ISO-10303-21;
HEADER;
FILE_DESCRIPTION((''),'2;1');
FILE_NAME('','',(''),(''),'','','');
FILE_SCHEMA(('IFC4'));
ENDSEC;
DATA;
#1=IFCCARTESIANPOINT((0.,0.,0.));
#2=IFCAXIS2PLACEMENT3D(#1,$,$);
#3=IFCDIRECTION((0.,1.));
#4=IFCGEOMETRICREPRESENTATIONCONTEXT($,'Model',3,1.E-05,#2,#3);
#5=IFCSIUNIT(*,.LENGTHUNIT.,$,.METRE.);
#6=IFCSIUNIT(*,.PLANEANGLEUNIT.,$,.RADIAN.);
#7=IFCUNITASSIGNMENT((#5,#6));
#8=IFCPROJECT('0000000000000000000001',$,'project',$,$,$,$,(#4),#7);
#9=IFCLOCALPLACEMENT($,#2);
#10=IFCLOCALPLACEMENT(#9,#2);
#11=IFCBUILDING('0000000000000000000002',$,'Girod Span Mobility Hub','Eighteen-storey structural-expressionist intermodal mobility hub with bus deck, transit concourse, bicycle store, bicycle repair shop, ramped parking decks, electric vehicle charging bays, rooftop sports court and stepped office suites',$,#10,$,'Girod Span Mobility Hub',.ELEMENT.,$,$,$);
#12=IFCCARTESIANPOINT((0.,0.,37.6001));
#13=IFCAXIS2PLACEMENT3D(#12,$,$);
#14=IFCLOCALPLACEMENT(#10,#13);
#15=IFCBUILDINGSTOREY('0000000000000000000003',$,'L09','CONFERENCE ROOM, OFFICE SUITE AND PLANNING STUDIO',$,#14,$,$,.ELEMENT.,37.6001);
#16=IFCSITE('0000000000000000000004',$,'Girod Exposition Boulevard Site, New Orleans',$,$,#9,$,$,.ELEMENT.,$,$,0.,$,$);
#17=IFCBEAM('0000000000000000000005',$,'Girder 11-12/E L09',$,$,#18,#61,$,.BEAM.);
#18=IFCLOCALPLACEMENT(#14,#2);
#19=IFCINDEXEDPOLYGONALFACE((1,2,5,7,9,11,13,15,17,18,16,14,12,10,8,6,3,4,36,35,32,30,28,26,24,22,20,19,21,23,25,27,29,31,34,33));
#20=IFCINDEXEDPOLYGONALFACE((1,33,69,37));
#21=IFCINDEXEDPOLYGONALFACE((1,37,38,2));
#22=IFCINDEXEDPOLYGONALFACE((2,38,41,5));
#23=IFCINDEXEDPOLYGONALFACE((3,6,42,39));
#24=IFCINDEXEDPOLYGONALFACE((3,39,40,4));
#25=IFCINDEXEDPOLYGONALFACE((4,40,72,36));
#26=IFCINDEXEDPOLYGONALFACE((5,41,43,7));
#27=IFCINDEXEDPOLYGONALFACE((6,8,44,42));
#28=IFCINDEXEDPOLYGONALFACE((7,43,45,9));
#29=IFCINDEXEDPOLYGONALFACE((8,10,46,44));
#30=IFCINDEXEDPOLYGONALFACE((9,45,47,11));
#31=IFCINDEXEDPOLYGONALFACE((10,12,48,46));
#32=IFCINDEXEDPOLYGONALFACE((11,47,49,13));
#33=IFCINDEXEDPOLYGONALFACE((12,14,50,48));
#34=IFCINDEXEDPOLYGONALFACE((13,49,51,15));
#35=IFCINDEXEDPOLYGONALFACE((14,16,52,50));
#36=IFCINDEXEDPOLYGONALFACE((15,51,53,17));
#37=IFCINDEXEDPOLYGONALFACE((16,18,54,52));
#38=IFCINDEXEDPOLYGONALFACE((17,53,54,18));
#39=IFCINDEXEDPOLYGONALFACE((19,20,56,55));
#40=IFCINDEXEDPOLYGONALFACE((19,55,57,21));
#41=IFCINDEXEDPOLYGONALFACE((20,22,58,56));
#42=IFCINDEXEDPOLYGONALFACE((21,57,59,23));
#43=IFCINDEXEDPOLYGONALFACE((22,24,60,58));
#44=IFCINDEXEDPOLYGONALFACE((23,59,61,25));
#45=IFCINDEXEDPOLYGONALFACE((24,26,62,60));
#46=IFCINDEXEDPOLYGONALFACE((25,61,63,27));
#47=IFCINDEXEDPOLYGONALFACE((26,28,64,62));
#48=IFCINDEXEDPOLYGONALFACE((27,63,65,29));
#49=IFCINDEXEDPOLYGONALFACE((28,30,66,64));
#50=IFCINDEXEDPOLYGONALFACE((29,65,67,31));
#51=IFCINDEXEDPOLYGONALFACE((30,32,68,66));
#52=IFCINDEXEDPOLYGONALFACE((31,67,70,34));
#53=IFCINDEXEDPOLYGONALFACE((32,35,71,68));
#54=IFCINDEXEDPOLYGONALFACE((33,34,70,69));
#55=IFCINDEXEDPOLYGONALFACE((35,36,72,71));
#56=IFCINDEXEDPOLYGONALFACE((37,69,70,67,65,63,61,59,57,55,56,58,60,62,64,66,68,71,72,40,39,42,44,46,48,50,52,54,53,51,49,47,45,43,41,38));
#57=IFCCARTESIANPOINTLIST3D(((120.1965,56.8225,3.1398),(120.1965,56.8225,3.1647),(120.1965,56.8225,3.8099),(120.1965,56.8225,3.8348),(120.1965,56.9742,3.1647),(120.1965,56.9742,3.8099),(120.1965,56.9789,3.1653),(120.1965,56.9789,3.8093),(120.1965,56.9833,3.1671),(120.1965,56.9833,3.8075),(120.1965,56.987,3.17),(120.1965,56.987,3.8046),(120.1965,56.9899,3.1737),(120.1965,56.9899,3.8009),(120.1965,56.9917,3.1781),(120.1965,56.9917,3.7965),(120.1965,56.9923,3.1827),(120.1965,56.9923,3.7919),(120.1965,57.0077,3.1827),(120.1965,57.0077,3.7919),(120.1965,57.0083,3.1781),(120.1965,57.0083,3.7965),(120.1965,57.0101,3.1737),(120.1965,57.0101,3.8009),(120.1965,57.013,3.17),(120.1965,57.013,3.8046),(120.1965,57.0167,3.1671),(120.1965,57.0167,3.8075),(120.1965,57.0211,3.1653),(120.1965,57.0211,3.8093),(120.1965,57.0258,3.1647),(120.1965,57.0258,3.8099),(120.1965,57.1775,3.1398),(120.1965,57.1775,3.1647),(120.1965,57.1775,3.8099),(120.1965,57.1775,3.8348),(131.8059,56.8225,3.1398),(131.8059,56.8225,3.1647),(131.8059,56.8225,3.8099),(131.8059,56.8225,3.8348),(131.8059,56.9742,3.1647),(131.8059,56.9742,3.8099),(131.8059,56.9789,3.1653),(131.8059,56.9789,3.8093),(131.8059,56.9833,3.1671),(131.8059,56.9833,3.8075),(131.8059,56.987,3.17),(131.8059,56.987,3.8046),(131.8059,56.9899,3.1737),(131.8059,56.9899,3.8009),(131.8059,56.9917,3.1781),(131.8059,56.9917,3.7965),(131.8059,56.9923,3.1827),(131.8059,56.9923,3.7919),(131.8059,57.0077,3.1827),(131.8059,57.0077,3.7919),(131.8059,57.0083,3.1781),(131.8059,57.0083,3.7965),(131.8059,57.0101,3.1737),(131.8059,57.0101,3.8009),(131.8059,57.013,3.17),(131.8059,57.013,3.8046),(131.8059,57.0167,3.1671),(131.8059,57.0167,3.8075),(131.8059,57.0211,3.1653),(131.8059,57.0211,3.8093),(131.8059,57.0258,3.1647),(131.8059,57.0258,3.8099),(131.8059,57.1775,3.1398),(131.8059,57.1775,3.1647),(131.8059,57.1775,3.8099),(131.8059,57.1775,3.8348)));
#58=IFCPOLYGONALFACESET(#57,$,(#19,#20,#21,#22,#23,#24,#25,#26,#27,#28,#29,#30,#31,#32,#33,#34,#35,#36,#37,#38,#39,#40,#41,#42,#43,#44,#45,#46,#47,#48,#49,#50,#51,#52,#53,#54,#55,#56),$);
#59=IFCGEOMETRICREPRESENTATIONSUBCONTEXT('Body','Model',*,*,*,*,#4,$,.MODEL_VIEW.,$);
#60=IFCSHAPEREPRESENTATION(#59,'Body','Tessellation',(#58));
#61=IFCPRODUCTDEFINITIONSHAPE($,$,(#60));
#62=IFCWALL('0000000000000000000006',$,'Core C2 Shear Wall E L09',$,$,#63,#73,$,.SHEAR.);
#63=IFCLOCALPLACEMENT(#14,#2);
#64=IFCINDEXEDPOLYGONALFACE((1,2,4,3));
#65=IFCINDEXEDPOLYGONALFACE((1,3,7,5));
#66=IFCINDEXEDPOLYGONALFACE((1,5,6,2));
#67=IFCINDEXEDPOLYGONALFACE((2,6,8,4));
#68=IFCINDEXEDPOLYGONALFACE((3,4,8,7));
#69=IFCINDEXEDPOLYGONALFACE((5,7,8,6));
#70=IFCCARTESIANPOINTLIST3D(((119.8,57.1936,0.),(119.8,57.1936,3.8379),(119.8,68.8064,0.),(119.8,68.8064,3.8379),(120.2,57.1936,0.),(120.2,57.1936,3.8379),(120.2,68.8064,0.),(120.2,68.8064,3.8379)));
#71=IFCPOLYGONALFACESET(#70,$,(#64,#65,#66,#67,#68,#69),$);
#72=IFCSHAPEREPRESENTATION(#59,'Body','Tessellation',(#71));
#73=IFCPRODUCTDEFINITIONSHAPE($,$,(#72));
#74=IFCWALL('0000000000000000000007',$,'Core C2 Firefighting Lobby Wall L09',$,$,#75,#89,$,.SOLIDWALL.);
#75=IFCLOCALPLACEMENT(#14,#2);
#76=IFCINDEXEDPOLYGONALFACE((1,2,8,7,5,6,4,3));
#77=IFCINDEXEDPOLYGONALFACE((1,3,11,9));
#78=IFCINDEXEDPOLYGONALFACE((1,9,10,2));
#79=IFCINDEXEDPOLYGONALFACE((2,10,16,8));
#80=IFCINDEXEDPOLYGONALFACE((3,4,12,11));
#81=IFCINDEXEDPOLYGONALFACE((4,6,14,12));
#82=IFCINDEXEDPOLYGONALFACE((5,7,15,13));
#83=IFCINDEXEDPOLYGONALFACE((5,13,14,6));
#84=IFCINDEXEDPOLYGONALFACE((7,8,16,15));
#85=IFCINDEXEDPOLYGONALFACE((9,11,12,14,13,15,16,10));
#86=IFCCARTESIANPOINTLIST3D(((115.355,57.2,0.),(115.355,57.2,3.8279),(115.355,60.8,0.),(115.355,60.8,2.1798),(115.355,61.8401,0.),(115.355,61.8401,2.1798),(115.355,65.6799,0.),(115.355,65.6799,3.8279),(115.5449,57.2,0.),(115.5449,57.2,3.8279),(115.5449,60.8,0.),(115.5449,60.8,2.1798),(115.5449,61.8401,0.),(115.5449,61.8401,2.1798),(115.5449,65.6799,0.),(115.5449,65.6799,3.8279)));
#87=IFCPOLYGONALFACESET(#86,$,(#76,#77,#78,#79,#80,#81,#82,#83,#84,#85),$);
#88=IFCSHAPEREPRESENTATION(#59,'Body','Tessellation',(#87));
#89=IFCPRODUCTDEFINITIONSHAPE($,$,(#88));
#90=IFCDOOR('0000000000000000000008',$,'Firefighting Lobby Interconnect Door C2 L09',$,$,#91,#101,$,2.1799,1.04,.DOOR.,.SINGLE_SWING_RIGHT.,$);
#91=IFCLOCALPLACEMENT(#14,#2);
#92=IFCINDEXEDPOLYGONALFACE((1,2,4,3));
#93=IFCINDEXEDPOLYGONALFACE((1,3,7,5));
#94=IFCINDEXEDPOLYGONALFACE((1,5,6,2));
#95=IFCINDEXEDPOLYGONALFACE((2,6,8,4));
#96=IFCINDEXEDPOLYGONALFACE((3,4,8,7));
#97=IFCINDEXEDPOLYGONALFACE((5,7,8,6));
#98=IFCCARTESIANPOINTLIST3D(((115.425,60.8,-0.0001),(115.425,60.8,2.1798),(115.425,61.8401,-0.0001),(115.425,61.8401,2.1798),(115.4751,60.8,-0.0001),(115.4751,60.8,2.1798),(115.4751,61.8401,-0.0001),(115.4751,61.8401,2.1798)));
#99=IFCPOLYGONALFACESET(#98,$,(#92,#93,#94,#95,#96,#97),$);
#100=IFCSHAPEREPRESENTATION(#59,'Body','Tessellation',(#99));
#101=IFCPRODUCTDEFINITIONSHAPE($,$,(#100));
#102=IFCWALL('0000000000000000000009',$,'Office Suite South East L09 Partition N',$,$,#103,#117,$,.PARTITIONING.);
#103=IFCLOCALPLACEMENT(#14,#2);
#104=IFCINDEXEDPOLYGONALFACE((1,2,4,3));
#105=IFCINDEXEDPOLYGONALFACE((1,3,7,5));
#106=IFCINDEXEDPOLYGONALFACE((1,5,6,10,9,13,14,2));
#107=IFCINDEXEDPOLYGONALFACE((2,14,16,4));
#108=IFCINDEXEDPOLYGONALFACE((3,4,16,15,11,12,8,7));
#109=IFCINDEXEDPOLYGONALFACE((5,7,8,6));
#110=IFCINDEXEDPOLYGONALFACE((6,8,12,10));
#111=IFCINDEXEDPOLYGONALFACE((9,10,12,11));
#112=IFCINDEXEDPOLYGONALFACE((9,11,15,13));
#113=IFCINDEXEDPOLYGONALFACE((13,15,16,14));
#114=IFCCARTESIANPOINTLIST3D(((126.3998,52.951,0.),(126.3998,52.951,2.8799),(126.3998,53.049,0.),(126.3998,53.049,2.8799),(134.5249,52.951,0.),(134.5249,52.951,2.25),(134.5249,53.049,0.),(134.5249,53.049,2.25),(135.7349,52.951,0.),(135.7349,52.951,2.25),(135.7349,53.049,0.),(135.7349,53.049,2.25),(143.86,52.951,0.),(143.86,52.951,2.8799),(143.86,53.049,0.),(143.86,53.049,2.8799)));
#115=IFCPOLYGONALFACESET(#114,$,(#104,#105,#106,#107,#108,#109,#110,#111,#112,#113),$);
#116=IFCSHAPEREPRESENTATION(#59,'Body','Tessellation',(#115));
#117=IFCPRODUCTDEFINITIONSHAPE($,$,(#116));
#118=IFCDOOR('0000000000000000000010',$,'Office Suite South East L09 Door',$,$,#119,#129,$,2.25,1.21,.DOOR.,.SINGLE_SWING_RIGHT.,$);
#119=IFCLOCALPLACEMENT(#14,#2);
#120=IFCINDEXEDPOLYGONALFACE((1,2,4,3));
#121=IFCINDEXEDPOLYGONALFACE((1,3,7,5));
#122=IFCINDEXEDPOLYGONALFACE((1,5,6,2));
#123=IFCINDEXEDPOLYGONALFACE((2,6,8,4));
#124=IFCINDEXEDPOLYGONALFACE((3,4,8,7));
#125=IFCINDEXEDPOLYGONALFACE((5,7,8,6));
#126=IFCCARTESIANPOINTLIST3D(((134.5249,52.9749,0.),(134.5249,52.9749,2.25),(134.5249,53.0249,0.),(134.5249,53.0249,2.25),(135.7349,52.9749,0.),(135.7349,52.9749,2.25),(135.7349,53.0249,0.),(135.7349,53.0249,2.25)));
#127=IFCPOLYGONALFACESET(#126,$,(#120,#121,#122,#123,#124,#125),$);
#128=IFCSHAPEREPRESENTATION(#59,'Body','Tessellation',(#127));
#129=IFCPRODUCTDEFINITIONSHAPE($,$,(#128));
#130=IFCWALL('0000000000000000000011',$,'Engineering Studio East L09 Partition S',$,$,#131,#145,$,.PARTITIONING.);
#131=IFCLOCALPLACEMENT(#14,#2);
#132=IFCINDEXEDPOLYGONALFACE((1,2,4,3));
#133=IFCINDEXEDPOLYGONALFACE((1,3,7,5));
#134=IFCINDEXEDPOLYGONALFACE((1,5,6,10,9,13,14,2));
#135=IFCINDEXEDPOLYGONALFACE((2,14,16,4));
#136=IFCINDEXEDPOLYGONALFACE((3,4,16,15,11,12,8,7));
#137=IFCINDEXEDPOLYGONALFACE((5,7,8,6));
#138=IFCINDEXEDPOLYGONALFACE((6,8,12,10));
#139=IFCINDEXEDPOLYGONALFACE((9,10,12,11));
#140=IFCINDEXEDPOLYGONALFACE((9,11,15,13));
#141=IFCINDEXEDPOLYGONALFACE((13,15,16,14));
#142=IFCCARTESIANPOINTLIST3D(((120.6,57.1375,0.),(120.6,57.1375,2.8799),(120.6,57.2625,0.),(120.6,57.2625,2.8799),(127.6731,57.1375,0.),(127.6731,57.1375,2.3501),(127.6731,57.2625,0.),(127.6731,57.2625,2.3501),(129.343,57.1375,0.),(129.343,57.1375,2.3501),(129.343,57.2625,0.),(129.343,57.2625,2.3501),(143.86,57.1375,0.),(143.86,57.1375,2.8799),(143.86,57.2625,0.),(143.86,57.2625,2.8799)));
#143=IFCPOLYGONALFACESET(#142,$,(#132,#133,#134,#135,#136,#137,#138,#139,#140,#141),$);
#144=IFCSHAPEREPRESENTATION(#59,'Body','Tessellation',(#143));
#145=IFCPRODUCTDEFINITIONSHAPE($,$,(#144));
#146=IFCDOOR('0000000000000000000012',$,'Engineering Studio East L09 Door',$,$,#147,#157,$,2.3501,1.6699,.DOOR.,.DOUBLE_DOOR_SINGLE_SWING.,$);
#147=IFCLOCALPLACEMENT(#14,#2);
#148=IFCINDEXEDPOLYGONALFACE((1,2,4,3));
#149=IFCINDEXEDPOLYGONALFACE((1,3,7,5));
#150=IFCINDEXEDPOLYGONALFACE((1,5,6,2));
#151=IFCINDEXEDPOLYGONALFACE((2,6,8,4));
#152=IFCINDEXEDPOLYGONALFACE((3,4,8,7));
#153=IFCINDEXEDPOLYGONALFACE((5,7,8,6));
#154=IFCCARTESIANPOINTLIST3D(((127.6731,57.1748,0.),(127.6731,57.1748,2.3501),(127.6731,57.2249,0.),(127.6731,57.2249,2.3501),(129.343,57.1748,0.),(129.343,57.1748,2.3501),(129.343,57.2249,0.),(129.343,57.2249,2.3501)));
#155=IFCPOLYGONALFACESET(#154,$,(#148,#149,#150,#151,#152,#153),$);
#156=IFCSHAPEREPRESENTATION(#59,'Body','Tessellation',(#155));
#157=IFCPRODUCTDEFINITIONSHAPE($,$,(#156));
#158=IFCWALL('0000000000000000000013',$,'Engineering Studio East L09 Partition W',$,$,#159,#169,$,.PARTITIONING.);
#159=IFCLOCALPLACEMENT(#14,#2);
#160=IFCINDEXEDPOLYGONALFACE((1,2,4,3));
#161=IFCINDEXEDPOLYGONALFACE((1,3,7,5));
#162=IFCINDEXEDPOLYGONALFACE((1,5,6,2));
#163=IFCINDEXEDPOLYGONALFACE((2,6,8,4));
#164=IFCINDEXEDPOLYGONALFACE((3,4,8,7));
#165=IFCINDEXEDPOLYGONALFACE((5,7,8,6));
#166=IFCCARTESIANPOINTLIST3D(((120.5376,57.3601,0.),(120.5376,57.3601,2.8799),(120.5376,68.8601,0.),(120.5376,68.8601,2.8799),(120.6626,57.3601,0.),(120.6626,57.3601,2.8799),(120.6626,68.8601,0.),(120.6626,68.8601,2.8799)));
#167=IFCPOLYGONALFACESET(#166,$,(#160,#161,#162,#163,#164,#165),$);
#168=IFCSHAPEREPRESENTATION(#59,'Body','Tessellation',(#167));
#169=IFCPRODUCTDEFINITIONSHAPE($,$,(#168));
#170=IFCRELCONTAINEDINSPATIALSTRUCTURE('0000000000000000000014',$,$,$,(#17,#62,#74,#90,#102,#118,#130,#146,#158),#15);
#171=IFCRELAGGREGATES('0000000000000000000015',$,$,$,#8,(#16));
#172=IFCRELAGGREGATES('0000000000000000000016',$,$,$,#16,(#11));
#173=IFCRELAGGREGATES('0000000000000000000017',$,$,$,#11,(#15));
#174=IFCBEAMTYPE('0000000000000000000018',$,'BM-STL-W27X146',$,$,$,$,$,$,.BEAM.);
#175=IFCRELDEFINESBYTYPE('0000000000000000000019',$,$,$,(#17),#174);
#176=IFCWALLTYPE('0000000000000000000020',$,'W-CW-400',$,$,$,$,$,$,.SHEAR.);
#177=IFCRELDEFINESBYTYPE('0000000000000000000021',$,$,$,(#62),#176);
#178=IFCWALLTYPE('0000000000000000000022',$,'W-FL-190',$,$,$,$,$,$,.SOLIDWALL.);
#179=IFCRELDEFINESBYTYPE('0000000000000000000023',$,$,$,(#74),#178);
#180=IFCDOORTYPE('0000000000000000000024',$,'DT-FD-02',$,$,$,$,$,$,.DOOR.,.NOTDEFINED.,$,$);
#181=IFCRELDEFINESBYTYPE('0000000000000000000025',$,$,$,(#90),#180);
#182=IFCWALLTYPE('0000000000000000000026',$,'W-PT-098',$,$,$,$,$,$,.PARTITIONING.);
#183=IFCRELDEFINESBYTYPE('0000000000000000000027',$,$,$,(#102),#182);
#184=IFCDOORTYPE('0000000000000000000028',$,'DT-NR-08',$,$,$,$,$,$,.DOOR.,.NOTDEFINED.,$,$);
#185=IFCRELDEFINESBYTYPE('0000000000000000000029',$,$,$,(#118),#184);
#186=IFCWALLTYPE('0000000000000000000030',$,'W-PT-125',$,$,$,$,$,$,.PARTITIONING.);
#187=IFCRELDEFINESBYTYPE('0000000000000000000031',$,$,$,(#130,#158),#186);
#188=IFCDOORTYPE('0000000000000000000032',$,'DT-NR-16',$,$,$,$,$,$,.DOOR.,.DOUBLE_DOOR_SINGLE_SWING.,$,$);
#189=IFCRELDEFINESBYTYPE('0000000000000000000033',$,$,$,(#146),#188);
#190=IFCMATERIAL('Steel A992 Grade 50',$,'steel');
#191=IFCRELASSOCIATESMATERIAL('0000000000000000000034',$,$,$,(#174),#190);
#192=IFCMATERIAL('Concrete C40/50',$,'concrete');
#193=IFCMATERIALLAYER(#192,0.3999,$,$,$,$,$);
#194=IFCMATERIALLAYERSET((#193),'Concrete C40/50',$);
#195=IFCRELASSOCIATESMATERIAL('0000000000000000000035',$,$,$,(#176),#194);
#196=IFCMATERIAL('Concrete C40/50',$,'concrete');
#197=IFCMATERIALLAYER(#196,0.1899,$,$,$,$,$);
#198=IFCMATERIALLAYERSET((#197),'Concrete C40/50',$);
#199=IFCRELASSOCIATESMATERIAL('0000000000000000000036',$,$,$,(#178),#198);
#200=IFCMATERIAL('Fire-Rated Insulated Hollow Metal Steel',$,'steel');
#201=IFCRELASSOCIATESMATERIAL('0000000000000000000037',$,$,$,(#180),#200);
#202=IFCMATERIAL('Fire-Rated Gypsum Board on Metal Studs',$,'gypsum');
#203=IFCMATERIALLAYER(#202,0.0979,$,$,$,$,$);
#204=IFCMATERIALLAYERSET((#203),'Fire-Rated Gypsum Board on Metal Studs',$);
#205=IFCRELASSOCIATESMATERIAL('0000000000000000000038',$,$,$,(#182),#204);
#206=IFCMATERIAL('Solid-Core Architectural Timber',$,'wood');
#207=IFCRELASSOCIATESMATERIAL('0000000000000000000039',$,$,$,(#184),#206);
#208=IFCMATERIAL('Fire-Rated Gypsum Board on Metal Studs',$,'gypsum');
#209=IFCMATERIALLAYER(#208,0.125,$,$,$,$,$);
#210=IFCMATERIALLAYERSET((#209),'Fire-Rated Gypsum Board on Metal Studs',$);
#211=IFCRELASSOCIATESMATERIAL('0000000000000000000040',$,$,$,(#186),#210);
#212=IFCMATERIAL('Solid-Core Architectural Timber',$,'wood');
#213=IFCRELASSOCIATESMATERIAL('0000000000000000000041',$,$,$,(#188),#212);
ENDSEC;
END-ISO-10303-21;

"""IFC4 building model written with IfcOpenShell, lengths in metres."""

from ifc_helpers import new_model, si_unit, direction, frame, frame_2d, origin, origin_2d, place, context, subcontext, project, spatial, rectangle, i_section, extrude, material, layer, layer_set, material_profile, profile_set, type_object, element, fill, save


model = new_model("IFC4")

# Units and contexts
model_context = context("Model", 3, precision=1e-05, world=origin(), true_north=direction((0.0, 1.0)))
body_context = subcontext(model_context, "Body", "Model", "MODEL_VIEW")
ifc_project = project(units=[si_unit("LENGTHUNIT", "METRE"), si_unit("PLANEANGLEUNIT", "RADIAN")], contexts=[model_context])

# Site, building, storey
site_placement = place(None, origin())
site = spatial("IfcSite", under=ifc_project, at=site_placement, Name="Girod Exposition Boulevard Site, New Orleans", CompositionType="ELEMENT", RefElevation=0.0)
building_placement = place(site_placement, origin())
building = spatial("IfcBuilding", under=site, at=building_placement, Name="Girod Span Mobility Hub", Description="Eighteen-storey structural-expressionist intermodal mobility hub with bus deck, transit concourse, bicycle store, bicycle repair shop, ramped parking decks, electric vehicle charging bays, rooftop sports court and stepped office suites", LongName="Girod Span Mobility Hub", CompositionType="ELEMENT")
storey_placement = place(building_placement, frame((0.0, 0.0, 37.6001)))
storey = spatial("IfcBuildingStorey", under=building, at=storey_placement, Name="L09", Description="CONFERENCE ROOM, OFFICE SUITE AND PLANNING STUDIO", CompositionType="ELEMENT", Elevation=37.6001)

# Beam
ifc_material_1 = material(Name="Steel A992 Grade 50", Category="steel")
ifc_material_profile_1 = material_profile(ifc_material_1, i_section(OverallWidth=0.355, OverallDepth=0.6951, WebThickness=0.0154, FlangeThickness=0.0249, FilletRadius=0.0181, at=origin_2d()), Name="W27X146")
ifc_profile_set_1 = profile_set([ifc_material_profile_1], Name="Steel A992 Grade 50")
beam_type_1 = type_object("IfcBeamType", Name="BM-STL-W27X146", PredefinedType="BEAM", material=ifc_profile_set_1)
beam_1_placement = place(storey_placement, frame((120.1965, 57.0, 3.4873), z_axis=(1.0, 0.0, 0.0), x_axis=(0.0, 1.0, 0.0)))
element("IfcBeam", 1, at=beam_1_placement, inside=storey, type_object=beam_type_1, Name="Girder 11-12/E L09", PredefinedType="BEAM", context=body_context, shape_type="SweptSolid", body=[
    extrude(i_section(OverallWidth=0.355, OverallDepth=0.6951, WebThickness=0.0154, FlangeThickness=0.0249, FilletRadius=0.0181, at=origin_2d()), origin(), (0.0, 0.0, 1.0), 11.6094),
])

# Wall
ifc_material_2 = material(Name="Concrete C40/50", Category="concrete")
ifc_layer_1 = layer(ifc_material_2, 0.3999)
ifc_layer_set_1 = layer_set([ifc_layer_1], Name="Concrete C40/50")
wall_type_1 = type_object("IfcWallType", Name="W-CW-400", PredefinedType="SHEAR", material=ifc_layer_set_1)
wall_1_placement = place(storey_placement, frame((120.0, 57.1936, 0.0), z_axis=(0.0, 0.0, 1.0), x_axis=(0.0, 1.0, 0.0)))
element("IfcWall", 2, at=wall_1_placement, inside=storey, type_object=wall_type_1, Name="Core C2 Shear Wall E L09", PredefinedType="SHEAR", context=body_context, shape_type="SweptSolid", body=[
    extrude(rectangle(XDim=11.6128, YDim=0.3999, at=frame_2d((5.8064, 0.0))), origin(), (0.0, 0.0, 1.0), 3.8379),
])

# Walls, openings, doors
ifc_material_3 = material(Name="Concrete C40/50", Category="concrete")
ifc_layer_2 = layer(ifc_material_3, 0.1899)
ifc_layer_set_2 = layer_set([ifc_layer_2], Name="Concrete C40/50")
wall_type_2 = type_object("IfcWallType", Name="W-FL-190", PredefinedType="SOLIDWALL", material=ifc_layer_set_2)
wall_2_placement = place(storey_placement, frame((115.45, 57.2, 0.0), z_axis=(0.0, 0.0, 1.0), x_axis=(0.0, 1.0, 0.0)))
wall_2 = element("IfcWall", 3, at=wall_2_placement, inside=storey, type_object=wall_type_2, Name="Core C2 Firefighting Lobby Wall L09", PredefinedType="SOLIDWALL", context=body_context, shape_type="SweptSolid", body=[
    extrude(rectangle(XDim=8.48, YDim=0.1899, at=frame_2d((4.24, 0.0))), origin(), (0.0, 0.0, 1.0), 3.8279),
])
opening_1_placement = place(wall_2_placement, frame((3.6001, 0.0, 0.0)))
opening_1 = element("IfcOpeningElement", 4, at=opening_1_placement, cuts=wall_2, PredefinedType="OPENING", context=body_context, shape_type="SweptSolid", body=[
    extrude(rectangle(XDim=1.04, YDim=2.1799, at=frame_2d((0.52, 1.0898))), frame((0.0, 0.1099, 0.0), z_axis=(0.0, -1.0, 0.0), x_axis=(1.0, 0.0, 0.0)), (0.0, 0.0, 1.0), 0.22),
])
ifc_material_4 = material(Name="Fire-Rated Insulated Hollow Metal Steel", Category="steel")
door_type_1 = type_object("IfcDoorType", Name="DT-FD-02", OperationType="NOTDEFINED", PredefinedType="DOOR", material=ifc_material_4)
door_1_placement = place(opening_1_placement, origin())
door_1 = element("IfcDoor", 5, at=door_1_placement, inside=storey, type_object=door_type_1, Name="Firefighting Lobby Interconnect Door C2 L09", OperationType="SINGLE_SWING_RIGHT", OverallHeight=2.1799, OverallWidth=1.04, PredefinedType="DOOR", context=body_context, shape_type="SweptSolid", body=[
    extrude(rectangle(XDim=1.04, YDim=2.1799, at=frame_2d((0.52, 1.0898))), frame((0.0, 0.0249, 0.0), z_axis=(0.0, -1.0, 0.0), x_axis=(1.0, 0.0, 0.0)), (0.0, 0.0, 1.0), 0.05),
])
fill(opening_1, door_1)
ifc_material_5 = material(Name="Fire-Rated Gypsum Board on Metal Studs", Category="gypsum")
ifc_layer_3 = layer(ifc_material_5, 0.0979)
ifc_layer_set_3 = layer_set([ifc_layer_3], Name="Fire-Rated Gypsum Board on Metal Studs")
wall_type_3 = type_object("IfcWallType", Name="W-PT-098", PredefinedType="PARTITIONING", material=ifc_layer_set_3)
wall_3_placement = place(storey_placement, frame((126.3999, 53.0, 0.0), z_axis=(0.0, 0.0, 1.0), x_axis=(1.0, 0.0, 0.0)))
wall_3 = element("IfcWall", 6, at=wall_3_placement, inside=storey, type_object=wall_type_3, Name="Office Suite South East L09 Partition N", PredefinedType="PARTITIONING", context=body_context, shape_type="SweptSolid", body=[
    extrude(rectangle(XDim=17.4602, YDim=0.0979, at=frame_2d((8.73, 0.0))), origin(), (0.0, 0.0, 1.0), 2.8799),
])
opening_2_placement = place(wall_3_placement, frame((8.125, 0.0, 0.0)))
opening_2 = element("IfcOpeningElement", 7, at=opening_2_placement, cuts=wall_3, PredefinedType="OPENING", context=body_context, shape_type="SweptSolid", body=[
    extrude(rectangle(XDim=1.21, YDim=2.25, at=frame_2d((0.605, 1.125))), frame((0.0, 0.064, 0.0), z_axis=(0.0, -1.0, 0.0), x_axis=(1.0, 0.0, 0.0)), (0.0, 0.0, 1.0), 0.1279),
])
ifc_material_6 = material(Name="Solid-Core Architectural Timber", Category="wood")
door_type_2 = type_object("IfcDoorType", Name="DT-NR-08", OperationType="NOTDEFINED", PredefinedType="DOOR", material=ifc_material_6)
door_2_placement = place(opening_2_placement, origin())
door_2 = element("IfcDoor", 8, at=door_2_placement, inside=storey, type_object=door_type_2, Name="Office Suite South East L09 Door", OperationType="SINGLE_SWING_RIGHT", OverallHeight=2.25, OverallWidth=1.21, PredefinedType="DOOR", context=body_context, shape_type="SweptSolid", body=[
    extrude(rectangle(XDim=1.21, YDim=2.25, at=frame_2d((0.605, 1.125))), frame((0.0, 0.0249, 0.0), z_axis=(0.0, -1.0, 0.0), x_axis=(1.0, 0.0, 0.0)), (0.0, 0.0, 1.0), 0.05),
])
fill(opening_2, door_2)
ifc_material_7 = material(Name="Fire-Rated Gypsum Board on Metal Studs", Category="gypsum")
ifc_layer_4 = layer(ifc_material_7, 0.125)
ifc_layer_set_4 = layer_set([ifc_layer_4], Name="Fire-Rated Gypsum Board on Metal Studs")
wall_type_4 = type_object("IfcWallType", Name="W-PT-125", PredefinedType="PARTITIONING", material=ifc_layer_set_4)
wall_4_placement = place(storey_placement, frame((120.6001, 57.2, 0.0), z_axis=(0.0, 0.0, 1.0), x_axis=(1.0, 0.0, 0.0)))
wall_4 = element("IfcWall", 9, at=wall_4_placement, inside=storey, type_object=wall_type_4, Name="Engineering Studio East L09 Partition S", PredefinedType="PARTITIONING", context=body_context, shape_type="SweptSolid", body=[
    extrude(rectangle(XDim=23.26, YDim=0.125, at=frame_2d((11.6299, 0.0))), origin(), (0.0, 0.0, 1.0), 2.8799),
])
opening_3_placement = place(wall_4_placement, frame((7.073, 0.0, 0.0)))
opening_3 = element("IfcOpeningElement", 10, at=opening_3_placement, cuts=wall_4, PredefinedType="OPENING", context=body_context, shape_type="SweptSolid", body=[
    extrude(rectangle(XDim=1.6699, YDim=2.3501, at=frame_2d((0.835, 1.175))), frame((0.0, 0.0774, 0.0), z_axis=(0.0, -1.0, 0.0), x_axis=(1.0, 0.0, 0.0)), (0.0, 0.0, 1.0), 0.155),
])
ifc_material_8 = material(Name="Solid-Core Architectural Timber", Category="wood")
door_type_3 = type_object("IfcDoorType", Name="DT-NR-16", OperationType="DOUBLE_DOOR_SINGLE_SWING", PredefinedType="DOOR", material=ifc_material_8)
door_3_placement = place(opening_3_placement, origin())
door_3 = element("IfcDoor", 11, at=door_3_placement, inside=storey, type_object=door_type_3, Name="Engineering Studio East L09 Door", OperationType="DOUBLE_DOOR_SINGLE_SWING", OverallHeight=2.3501, OverallWidth=1.6699, PredefinedType="DOOR", context=body_context, shape_type="SweptSolid", body=[
    extrude(rectangle(XDim=1.6699, YDim=2.3501, at=frame_2d((0.835, 1.175))), frame((0.0, 0.0249, 0.0), z_axis=(0.0, -1.0, 0.0), x_axis=(1.0, 0.0, 0.0)), (0.0, 0.0, 1.0), 0.05),
])
fill(opening_3, door_3)

# Wall
wall_5_placement = place(storey_placement, frame((120.6001, 57.3601, 0.0), z_axis=(0.0, 0.0, 1.0), x_axis=(0.0, 1.0, 0.0)))
element("IfcWall", 12, at=wall_5_placement, inside=storey, type_object=wall_type_4, Name="Engineering Studio East L09 Partition W", PredefinedType="PARTITIONING", context=body_context, shape_type="SweptSolid", body=[
    extrude(rectangle(XDim=11.5, YDim=0.125, at=frame_2d((5.75, 0.0))), origin(), (0.0, 0.0, 1.0), 2.8799),
])

save(model, "model.ifc")
